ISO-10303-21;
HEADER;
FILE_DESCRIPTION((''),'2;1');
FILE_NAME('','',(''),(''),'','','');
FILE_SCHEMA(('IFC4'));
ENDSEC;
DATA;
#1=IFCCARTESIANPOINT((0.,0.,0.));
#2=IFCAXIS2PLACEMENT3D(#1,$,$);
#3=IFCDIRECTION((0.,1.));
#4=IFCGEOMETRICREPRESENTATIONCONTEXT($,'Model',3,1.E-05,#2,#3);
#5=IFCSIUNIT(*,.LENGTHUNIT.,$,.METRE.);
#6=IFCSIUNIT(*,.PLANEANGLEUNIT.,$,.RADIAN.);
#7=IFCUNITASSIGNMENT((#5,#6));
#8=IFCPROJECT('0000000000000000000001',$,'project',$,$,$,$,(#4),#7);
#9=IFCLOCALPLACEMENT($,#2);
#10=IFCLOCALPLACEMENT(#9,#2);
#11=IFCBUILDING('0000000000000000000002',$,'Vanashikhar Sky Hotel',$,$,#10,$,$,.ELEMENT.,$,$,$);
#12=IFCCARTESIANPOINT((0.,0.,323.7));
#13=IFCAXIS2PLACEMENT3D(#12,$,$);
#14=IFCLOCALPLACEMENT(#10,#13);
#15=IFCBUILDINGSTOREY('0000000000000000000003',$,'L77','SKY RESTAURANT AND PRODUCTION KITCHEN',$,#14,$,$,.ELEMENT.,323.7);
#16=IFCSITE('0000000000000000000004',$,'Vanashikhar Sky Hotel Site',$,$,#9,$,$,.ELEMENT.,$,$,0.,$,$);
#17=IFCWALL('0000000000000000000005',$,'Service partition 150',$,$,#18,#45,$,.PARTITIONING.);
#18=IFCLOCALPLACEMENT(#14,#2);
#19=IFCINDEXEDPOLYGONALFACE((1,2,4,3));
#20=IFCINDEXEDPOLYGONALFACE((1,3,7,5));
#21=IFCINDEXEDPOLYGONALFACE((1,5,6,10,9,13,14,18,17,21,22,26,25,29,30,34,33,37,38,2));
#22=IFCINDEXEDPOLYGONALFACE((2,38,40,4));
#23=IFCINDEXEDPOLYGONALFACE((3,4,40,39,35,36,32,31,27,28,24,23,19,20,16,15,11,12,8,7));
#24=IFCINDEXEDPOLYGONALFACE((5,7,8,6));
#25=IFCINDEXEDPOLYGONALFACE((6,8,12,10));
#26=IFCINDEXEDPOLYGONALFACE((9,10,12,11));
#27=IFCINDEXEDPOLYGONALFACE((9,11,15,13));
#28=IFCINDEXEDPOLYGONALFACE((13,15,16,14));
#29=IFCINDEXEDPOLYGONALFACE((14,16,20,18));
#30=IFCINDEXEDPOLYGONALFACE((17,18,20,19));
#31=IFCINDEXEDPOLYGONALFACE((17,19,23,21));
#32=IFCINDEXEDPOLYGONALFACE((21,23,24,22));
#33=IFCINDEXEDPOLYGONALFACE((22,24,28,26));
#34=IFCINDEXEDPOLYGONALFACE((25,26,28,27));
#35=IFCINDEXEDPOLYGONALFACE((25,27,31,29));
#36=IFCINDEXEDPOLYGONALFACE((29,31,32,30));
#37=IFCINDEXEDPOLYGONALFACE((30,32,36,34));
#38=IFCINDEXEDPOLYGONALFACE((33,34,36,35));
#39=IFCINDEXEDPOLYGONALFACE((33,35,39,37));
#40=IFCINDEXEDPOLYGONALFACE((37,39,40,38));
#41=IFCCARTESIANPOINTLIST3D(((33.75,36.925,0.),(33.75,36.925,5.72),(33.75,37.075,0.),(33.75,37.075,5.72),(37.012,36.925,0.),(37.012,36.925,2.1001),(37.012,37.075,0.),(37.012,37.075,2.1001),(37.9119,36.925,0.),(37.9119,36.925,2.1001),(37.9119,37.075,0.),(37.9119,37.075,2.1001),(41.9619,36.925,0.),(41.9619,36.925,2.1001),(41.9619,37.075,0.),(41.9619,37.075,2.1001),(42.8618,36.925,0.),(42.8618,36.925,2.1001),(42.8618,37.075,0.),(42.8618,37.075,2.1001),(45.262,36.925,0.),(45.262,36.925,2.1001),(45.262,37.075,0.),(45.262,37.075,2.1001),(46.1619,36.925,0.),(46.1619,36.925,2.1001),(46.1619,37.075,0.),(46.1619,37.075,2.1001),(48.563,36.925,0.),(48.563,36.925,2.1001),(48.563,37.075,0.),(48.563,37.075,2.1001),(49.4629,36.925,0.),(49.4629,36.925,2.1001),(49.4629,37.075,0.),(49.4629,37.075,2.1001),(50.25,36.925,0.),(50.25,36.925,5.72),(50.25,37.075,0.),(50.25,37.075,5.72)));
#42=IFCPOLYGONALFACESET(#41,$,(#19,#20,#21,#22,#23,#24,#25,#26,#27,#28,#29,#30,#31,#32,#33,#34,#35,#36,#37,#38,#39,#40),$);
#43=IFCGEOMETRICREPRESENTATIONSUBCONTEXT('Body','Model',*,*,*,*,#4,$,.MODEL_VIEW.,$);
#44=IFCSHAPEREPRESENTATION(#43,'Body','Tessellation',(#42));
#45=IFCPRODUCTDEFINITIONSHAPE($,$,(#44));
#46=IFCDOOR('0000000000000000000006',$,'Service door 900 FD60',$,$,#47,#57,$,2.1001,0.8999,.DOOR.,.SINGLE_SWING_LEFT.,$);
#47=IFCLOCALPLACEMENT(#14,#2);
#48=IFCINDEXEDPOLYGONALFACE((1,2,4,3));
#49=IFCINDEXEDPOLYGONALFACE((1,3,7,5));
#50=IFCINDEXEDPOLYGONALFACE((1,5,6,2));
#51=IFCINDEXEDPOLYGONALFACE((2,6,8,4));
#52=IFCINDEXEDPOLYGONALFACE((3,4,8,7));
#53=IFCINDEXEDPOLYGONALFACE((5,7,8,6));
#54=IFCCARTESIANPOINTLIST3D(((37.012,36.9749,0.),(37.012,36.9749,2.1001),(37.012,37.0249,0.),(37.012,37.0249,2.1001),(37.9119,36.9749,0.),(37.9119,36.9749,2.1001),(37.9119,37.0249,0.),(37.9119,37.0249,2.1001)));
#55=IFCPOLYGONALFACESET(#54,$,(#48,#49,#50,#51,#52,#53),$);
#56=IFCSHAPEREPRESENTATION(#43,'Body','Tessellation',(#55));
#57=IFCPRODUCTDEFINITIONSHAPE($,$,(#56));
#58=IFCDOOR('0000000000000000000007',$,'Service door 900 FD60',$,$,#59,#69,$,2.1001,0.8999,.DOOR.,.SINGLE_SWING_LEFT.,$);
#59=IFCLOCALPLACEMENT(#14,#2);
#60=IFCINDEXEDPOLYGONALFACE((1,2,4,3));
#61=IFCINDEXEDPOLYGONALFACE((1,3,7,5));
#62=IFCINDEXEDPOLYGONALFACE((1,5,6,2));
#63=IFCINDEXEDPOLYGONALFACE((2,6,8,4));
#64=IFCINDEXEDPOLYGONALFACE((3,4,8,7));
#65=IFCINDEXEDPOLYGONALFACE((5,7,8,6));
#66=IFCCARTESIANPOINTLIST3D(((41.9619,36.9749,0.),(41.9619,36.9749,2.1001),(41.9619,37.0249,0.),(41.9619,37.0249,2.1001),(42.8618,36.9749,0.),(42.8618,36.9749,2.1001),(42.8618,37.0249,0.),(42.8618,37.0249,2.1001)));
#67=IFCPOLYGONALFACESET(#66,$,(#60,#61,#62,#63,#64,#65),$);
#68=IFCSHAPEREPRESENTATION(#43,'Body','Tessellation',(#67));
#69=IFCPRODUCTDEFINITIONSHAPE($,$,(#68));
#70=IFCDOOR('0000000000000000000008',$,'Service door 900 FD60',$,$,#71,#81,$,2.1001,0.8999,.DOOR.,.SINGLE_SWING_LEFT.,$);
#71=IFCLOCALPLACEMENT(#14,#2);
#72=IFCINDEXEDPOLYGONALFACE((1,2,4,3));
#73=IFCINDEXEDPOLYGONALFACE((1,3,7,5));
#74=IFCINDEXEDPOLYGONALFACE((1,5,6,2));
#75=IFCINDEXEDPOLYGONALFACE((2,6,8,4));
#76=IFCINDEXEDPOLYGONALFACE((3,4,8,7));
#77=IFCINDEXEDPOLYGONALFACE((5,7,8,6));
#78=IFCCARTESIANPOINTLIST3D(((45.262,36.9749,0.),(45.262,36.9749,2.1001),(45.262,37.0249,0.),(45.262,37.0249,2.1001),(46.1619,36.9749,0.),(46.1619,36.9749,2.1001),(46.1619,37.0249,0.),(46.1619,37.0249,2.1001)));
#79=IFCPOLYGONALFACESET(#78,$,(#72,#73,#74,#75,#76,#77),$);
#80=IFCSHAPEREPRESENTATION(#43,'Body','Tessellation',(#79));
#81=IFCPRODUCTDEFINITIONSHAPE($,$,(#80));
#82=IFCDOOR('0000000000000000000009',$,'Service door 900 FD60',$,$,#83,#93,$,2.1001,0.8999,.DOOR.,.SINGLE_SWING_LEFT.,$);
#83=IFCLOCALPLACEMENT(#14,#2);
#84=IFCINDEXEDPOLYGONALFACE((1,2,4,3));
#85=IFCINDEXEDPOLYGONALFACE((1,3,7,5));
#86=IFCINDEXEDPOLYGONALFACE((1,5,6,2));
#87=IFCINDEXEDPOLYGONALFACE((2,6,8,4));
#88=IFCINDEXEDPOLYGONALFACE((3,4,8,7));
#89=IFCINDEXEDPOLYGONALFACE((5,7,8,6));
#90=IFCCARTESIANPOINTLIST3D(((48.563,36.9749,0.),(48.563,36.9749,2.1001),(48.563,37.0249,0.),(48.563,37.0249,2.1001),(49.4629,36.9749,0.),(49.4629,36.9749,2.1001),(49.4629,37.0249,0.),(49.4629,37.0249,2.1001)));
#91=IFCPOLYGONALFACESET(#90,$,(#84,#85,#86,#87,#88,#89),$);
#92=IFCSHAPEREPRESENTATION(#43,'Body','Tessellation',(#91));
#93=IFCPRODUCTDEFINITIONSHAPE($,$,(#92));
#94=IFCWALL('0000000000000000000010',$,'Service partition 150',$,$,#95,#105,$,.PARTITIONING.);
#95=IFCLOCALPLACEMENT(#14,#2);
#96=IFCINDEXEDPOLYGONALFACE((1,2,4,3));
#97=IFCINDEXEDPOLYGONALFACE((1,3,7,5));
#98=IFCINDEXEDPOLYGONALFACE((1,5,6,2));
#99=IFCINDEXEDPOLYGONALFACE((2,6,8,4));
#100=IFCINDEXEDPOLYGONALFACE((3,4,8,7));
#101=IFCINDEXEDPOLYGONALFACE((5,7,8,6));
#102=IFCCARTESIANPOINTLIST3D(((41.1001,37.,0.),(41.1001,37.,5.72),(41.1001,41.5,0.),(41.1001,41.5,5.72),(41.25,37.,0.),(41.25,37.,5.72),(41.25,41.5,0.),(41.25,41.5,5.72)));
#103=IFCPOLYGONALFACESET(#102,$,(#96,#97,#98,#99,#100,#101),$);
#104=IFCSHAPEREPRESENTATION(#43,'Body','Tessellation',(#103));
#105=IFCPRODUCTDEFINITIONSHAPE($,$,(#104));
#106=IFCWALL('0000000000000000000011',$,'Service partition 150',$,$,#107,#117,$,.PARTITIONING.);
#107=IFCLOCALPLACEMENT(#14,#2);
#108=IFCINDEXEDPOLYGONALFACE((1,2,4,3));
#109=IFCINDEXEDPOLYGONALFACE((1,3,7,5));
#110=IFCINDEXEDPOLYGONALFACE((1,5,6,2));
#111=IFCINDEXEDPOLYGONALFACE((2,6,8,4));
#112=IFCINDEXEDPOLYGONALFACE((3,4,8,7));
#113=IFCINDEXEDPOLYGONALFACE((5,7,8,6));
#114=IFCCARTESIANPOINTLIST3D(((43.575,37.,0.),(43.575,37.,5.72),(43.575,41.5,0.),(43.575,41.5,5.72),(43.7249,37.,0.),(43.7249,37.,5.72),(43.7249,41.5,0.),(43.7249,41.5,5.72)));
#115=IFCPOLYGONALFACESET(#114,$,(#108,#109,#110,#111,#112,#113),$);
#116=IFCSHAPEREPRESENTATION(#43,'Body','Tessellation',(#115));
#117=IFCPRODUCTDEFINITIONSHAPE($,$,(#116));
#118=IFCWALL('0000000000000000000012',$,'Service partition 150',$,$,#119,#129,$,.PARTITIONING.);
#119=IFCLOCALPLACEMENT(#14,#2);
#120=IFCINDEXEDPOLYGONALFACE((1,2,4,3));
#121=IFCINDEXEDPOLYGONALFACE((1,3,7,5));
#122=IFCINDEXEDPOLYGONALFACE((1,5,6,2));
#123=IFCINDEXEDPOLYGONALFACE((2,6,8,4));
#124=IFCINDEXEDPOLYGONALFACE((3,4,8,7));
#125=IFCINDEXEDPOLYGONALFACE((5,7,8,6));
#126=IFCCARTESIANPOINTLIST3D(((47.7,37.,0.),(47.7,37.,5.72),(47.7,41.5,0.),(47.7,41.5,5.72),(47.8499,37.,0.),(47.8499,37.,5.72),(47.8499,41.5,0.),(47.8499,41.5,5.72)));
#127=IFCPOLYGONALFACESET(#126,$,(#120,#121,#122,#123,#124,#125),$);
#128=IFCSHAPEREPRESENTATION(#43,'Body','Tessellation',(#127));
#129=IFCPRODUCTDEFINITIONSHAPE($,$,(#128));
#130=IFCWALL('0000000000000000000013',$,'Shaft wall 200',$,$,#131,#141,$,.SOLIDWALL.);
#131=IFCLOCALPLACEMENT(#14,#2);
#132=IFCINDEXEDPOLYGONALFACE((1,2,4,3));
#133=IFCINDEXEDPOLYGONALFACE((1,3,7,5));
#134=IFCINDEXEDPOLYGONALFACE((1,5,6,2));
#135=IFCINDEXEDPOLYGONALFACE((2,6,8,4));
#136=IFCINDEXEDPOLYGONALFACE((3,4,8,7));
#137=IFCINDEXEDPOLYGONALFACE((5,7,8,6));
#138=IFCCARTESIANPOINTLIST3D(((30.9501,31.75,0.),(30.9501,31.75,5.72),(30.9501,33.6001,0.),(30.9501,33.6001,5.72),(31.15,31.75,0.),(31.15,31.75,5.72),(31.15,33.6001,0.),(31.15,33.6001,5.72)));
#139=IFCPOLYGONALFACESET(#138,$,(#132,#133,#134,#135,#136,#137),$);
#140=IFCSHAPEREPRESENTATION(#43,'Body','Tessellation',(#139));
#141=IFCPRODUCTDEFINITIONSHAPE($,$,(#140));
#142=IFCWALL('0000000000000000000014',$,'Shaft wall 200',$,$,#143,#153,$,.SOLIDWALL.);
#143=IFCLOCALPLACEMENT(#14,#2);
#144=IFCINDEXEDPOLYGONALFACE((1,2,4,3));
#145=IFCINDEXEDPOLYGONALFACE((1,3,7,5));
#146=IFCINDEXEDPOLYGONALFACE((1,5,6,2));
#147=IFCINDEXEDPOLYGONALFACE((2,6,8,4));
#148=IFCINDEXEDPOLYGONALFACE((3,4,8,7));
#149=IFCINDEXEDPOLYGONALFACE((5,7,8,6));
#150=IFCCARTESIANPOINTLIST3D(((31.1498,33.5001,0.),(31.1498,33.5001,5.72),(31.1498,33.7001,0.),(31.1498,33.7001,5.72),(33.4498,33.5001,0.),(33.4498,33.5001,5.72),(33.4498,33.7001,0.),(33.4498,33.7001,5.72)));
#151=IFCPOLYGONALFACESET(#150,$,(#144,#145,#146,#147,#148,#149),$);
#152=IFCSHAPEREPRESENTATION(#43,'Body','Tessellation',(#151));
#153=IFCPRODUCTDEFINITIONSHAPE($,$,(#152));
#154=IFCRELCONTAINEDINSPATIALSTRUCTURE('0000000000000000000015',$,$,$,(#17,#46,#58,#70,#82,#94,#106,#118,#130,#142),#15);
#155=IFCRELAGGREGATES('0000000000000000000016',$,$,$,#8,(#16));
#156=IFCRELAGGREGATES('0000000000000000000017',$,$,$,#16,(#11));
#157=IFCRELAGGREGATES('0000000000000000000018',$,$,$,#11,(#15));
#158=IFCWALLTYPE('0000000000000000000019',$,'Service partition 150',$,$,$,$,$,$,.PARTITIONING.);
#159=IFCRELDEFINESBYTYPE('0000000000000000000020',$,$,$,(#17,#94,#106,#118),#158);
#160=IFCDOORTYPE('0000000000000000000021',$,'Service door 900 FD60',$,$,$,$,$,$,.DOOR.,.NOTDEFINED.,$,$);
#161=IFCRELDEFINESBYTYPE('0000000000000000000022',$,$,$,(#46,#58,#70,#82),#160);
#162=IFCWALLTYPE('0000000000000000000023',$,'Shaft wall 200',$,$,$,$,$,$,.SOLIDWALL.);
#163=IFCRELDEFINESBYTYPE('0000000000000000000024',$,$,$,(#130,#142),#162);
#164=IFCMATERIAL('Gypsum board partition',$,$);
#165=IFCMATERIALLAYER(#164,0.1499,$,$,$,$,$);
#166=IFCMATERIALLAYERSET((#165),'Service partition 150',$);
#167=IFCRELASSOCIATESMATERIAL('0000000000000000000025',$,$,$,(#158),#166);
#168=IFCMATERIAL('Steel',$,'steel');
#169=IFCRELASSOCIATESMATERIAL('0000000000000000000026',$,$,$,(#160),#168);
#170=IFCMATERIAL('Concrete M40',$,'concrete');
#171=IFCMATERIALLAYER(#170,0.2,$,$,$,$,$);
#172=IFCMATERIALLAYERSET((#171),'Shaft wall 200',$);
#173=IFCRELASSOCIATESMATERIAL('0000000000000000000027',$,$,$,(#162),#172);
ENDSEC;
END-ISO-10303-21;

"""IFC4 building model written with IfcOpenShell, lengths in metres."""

from ifc_helpers import new_model, si_unit, direction, frame, frame_2d, origin, place, context, subcontext, project, spatial, rectangle, extrude, source, transform, mapped, material, layer, layer_set, type_object, element, fill, save


model = new_model("IFC4")

# Units and contexts
model_context = context("Model", 3, precision=1e-05, world=origin(), true_north=direction((0.0, 1.0)))
body_context = subcontext(model_context, "Body", "Model", "MODEL_VIEW")
ifc_project = project(units=[si_unit("LENGTHUNIT", "METRE"), si_unit("PLANEANGLEUNIT", "RADIAN")], contexts=[model_context])

# Site, building, storey
site_placement = place(None, origin())
site = spatial("IfcSite", under=ifc_project, at=site_placement, Name="Vanashikhar Sky Hotel Site", CompositionType="ELEMENT", RefElevation=0.0)
building_placement = place(site_placement, origin())
building = spatial("IfcBuilding", under=site, at=building_placement, Name="Vanashikhar Sky Hotel", CompositionType="ELEMENT")
storey_placement = place(building_placement, frame((0.0, 0.0, 323.7)))
storey = spatial("IfcBuildingStorey", under=building, at=storey_placement, Name="L77", Description="SKY RESTAURANT AND PRODUCTION KITCHEN", CompositionType="ELEMENT", Elevation=323.7)

# Shared definitions
ifc_material_1 = material(Name="Steel", Category="steel")

# Shared definitions
ifc_material_2 = material(Name="Gypsum board partition")
ifc_layer_1 = layer(ifc_material_2, 0.1499)
ifc_layer_set_1 = layer_set([ifc_layer_1], Name="Service partition 150")
wall_type_1 = type_object("IfcWallType", Name="Service partition 150", PredefinedType="PARTITIONING", material=ifc_layer_set_1)

# Wall, openings, doors
shared_shape_1 = source(origin(), body_context, "Body", "SweptSolid", [
    extrude(rectangle(XDim=0.8999, YDim=2.1001, at=frame_2d((0.45, 1.05))), frame((0.0, 0.085, 0.0), z_axis=(0.0, -1.0, 0.0), x_axis=(1.0, 0.0, 0.0)), (0.0, 0.0, 1.0), 0.1699),
])
door_type_1 = type_object("IfcDoorType", Name="Service door 900 FD60", OperationType="NOTDEFINED", PredefinedType="DOOR", material=ifc_material_1)
shared_shape_2 = source(origin(), body_context, "Body", "SweptSolid", [
    extrude(rectangle(XDim=0.8999, YDim=2.1001, at=frame_2d((0.45, 1.05))), frame((0.0, 0.0249, 0.0), z_axis=(0.0, -1.0, 0.0), x_axis=(1.0, 0.0, 0.0)), (0.0, 0.0, 1.0), 0.05),
])
shared_shape_3 = source(origin(), body_context, "Body", "SweptSolid", [
    extrude(rectangle(XDim=16.5, YDim=0.1499, at=frame_2d((8.25, 0.0))), origin(), (0.0, 0.0, 1.0), 5.72),
])
wall_1_placement = place(storey_placement, frame((33.75, 37.0, 0.0), z_axis=(0.0, 0.0, 1.0), x_axis=(1.0, 0.0, 0.0)))
wall_1 = element("IfcWall", 1, at=wall_1_placement, inside=storey, type_object=wall_type_1, Name="Service partition 150", PredefinedType="PARTITIONING", context=body_context, shape_type="MappedRepresentation", body=[
    mapped(shared_shape_3, transform((0.0, 0.0, 0.0), scale=1.0)),
])
opening_1_placement = place(wall_1_placement, frame((3.262, 0.0, 0.0)))
opening_1 = element("IfcOpeningElement", 2, at=opening_1_placement, cuts=wall_1, PredefinedType="OPENING", context=body_context, shape_type="MappedRepresentation", body=[
    mapped(shared_shape_1, transform((0.0, 0.0, 0.0), scale=1.0)),
])
opening_2_placement = place(wall_1_placement, frame((8.2119, 0.0, 0.0)))
opening_2 = element("IfcOpeningElement", 3, at=opening_2_placement, cuts=wall_1, PredefinedType="OPENING", context=body_context, shape_type="MappedRepresentation", body=[
    mapped(shared_shape_1, transform((0.0, 0.0, 0.0), scale=1.0)),
])
opening_3_placement = place(wall_1_placement, frame((11.512, 0.0, 0.0)))
opening_3 = element("IfcOpeningElement", 4, at=opening_3_placement, cuts=wall_1, PredefinedType="OPENING", context=body_context, shape_type="MappedRepresentation", body=[
    mapped(shared_shape_1, transform((0.0, 0.0, 0.0), scale=1.0)),
])
opening_4_placement = place(wall_1_placement, frame((14.813, 0.0, 0.0)))
opening_4 = element("IfcOpeningElement", 5, at=opening_4_placement, cuts=wall_1, PredefinedType="OPENING", context=body_context, shape_type="MappedRepresentation", body=[
    mapped(shared_shape_1, transform((0.0, 0.0, 0.0), scale=1.0)),
])
door_1_placement = place(opening_1_placement, origin())
door_1 = element("IfcDoor", 6, at=door_1_placement, inside=storey, type_object=door_type_1, Name="Service door 900 FD60", OperationType="SINGLE_SWING_LEFT", OverallHeight=2.1001, OverallWidth=0.8999, PredefinedType="DOOR", context=body_context, shape_type="MappedRepresentation", body=[
    mapped(shared_shape_2, transform((0.0, 0.0, 0.0), scale=1.0)),
])
fill(opening_1, door_1)
door_2_placement = place(opening_2_placement, origin())
door_2 = element("IfcDoor", 7, at=door_2_placement, inside=storey, type_object=door_type_1, Name="Service door 900 FD60", OperationType="SINGLE_SWING_LEFT", OverallHeight=2.1001, OverallWidth=0.8999, PredefinedType="DOOR", context=body_context, shape_type="MappedRepresentation", body=[
    mapped(shared_shape_2, transform((0.0, 0.0, 0.0), scale=1.0)),
])
fill(opening_2, door_2)
door_3_placement = place(opening_3_placement, origin())
door_3 = element("IfcDoor", 8, at=door_3_placement, inside=storey, type_object=door_type_1, Name="Service door 900 FD60", OperationType="SINGLE_SWING_LEFT", OverallHeight=2.1001, OverallWidth=0.8999, PredefinedType="DOOR", context=body_context, shape_type="MappedRepresentation", body=[
    mapped(shared_shape_2, transform((0.0, 0.0, 0.0), scale=1.0)),
])
fill(opening_3, door_3)
door_4_placement = place(opening_4_placement, origin())
door_4 = element("IfcDoor", 9, at=door_4_placement, inside=storey, type_object=door_type_1, Name="Service door 900 FD60", OperationType="SINGLE_SWING_LEFT", OverallHeight=2.1001, OverallWidth=0.8999, PredefinedType="DOOR", context=body_context, shape_type="MappedRepresentation", body=[
    mapped(shared_shape_2, transform((0.0, 0.0, 0.0), scale=1.0)),
])
fill(opening_4, door_4)

# Walls
shared_shape_4 = source(origin(), body_context, "Body", "SweptSolid", [
    extrude(rectangle(XDim=4.5, YDim=0.1499, at=frame_2d((2.25, 0.0))), origin(), (0.0, 0.0, 1.0), 5.72),
])
for number, where, z_axis, x_axis, name in (
    (10, (41.175, 37.0, 0.0), (0.0, 0.0, 1.0), (0.0, 1.0, 0.0), "Service partition 150"),
    (11, (43.6499, 37.0, 0.0), (0.0, 0.0, 1.0), (0.0, 1.0, 0.0), "Service partition 150"),
    (12, (47.7749, 37.0, 0.0), (0.0, 0.0, 1.0), (0.0, 1.0, 0.0), "Service partition 150"),
):
    element("IfcWall", number, at=place(storey_placement, frame(where, z_axis=z_axis, x_axis=x_axis)), inside=storey, type_object=wall_type_1, Name=name, PredefinedType="PARTITIONING", context=body_context, shape_type="MappedRepresentation", body=[
        mapped(shared_shape_4, transform((0.0, 0.0, 0.0), scale=1.0)),
    ])
ifc_material_3 = material(Name="Concrete M40", Category="concrete")
ifc_layer_2 = layer(ifc_material_3, 0.2)
ifc_layer_set_2 = layer_set([ifc_layer_2], Name="Shaft wall 200")
wall_type_2 = type_object("IfcWallType", Name="Shaft wall 200", PredefinedType="SOLIDWALL", material=ifc_layer_set_2)
shared_shape_5 = source(origin(), body_context, "Body", "SweptSolid", [
    extrude(rectangle(XDim=1.8501, YDim=0.2, at=frame_2d((0.925, 0.0))), origin(), (0.0, 0.0, 1.0), 5.72),
])
wall_2_placement = place(storey_placement, frame((31.05, 31.75, 0.0), z_axis=(0.0, 0.0, 1.0), x_axis=(0.0, 1.0, 0.0)))
element("IfcWall", 13, at=wall_2_placement, inside=storey, type_object=wall_type_2, Name="Shaft wall 200", PredefinedType="SOLIDWALL", context=body_context, shape_type="MappedRepresentation", body=[
    mapped(shared_shape_5, transform((0.0, 0.0, 0.0), scale=1.0)),
])
shared_shape_6 = source(origin(), body_context, "Body", "SweptSolid", [
    extrude(rectangle(XDim=2.3, YDim=0.2, at=frame_2d((1.1499, 0.0))), origin(), (0.0, 0.0, 1.0), 5.72),
])
wall_3_placement = place(storey_placement, frame((31.1499, 33.6001, 0.0), z_axis=(0.0, 0.0, 1.0), x_axis=(1.0, 0.0, 0.0)))
element("IfcWall", 14, at=wall_3_placement, inside=storey, type_object=wall_type_2, Name="Shaft wall 200", PredefinedType="SOLIDWALL", context=body_context, shape_type="MappedRepresentation", body=[
    mapped(shared_shape_6, transform((0.0, 0.0, 0.0), scale=1.0)),
])

save(model, "model.ifc")
